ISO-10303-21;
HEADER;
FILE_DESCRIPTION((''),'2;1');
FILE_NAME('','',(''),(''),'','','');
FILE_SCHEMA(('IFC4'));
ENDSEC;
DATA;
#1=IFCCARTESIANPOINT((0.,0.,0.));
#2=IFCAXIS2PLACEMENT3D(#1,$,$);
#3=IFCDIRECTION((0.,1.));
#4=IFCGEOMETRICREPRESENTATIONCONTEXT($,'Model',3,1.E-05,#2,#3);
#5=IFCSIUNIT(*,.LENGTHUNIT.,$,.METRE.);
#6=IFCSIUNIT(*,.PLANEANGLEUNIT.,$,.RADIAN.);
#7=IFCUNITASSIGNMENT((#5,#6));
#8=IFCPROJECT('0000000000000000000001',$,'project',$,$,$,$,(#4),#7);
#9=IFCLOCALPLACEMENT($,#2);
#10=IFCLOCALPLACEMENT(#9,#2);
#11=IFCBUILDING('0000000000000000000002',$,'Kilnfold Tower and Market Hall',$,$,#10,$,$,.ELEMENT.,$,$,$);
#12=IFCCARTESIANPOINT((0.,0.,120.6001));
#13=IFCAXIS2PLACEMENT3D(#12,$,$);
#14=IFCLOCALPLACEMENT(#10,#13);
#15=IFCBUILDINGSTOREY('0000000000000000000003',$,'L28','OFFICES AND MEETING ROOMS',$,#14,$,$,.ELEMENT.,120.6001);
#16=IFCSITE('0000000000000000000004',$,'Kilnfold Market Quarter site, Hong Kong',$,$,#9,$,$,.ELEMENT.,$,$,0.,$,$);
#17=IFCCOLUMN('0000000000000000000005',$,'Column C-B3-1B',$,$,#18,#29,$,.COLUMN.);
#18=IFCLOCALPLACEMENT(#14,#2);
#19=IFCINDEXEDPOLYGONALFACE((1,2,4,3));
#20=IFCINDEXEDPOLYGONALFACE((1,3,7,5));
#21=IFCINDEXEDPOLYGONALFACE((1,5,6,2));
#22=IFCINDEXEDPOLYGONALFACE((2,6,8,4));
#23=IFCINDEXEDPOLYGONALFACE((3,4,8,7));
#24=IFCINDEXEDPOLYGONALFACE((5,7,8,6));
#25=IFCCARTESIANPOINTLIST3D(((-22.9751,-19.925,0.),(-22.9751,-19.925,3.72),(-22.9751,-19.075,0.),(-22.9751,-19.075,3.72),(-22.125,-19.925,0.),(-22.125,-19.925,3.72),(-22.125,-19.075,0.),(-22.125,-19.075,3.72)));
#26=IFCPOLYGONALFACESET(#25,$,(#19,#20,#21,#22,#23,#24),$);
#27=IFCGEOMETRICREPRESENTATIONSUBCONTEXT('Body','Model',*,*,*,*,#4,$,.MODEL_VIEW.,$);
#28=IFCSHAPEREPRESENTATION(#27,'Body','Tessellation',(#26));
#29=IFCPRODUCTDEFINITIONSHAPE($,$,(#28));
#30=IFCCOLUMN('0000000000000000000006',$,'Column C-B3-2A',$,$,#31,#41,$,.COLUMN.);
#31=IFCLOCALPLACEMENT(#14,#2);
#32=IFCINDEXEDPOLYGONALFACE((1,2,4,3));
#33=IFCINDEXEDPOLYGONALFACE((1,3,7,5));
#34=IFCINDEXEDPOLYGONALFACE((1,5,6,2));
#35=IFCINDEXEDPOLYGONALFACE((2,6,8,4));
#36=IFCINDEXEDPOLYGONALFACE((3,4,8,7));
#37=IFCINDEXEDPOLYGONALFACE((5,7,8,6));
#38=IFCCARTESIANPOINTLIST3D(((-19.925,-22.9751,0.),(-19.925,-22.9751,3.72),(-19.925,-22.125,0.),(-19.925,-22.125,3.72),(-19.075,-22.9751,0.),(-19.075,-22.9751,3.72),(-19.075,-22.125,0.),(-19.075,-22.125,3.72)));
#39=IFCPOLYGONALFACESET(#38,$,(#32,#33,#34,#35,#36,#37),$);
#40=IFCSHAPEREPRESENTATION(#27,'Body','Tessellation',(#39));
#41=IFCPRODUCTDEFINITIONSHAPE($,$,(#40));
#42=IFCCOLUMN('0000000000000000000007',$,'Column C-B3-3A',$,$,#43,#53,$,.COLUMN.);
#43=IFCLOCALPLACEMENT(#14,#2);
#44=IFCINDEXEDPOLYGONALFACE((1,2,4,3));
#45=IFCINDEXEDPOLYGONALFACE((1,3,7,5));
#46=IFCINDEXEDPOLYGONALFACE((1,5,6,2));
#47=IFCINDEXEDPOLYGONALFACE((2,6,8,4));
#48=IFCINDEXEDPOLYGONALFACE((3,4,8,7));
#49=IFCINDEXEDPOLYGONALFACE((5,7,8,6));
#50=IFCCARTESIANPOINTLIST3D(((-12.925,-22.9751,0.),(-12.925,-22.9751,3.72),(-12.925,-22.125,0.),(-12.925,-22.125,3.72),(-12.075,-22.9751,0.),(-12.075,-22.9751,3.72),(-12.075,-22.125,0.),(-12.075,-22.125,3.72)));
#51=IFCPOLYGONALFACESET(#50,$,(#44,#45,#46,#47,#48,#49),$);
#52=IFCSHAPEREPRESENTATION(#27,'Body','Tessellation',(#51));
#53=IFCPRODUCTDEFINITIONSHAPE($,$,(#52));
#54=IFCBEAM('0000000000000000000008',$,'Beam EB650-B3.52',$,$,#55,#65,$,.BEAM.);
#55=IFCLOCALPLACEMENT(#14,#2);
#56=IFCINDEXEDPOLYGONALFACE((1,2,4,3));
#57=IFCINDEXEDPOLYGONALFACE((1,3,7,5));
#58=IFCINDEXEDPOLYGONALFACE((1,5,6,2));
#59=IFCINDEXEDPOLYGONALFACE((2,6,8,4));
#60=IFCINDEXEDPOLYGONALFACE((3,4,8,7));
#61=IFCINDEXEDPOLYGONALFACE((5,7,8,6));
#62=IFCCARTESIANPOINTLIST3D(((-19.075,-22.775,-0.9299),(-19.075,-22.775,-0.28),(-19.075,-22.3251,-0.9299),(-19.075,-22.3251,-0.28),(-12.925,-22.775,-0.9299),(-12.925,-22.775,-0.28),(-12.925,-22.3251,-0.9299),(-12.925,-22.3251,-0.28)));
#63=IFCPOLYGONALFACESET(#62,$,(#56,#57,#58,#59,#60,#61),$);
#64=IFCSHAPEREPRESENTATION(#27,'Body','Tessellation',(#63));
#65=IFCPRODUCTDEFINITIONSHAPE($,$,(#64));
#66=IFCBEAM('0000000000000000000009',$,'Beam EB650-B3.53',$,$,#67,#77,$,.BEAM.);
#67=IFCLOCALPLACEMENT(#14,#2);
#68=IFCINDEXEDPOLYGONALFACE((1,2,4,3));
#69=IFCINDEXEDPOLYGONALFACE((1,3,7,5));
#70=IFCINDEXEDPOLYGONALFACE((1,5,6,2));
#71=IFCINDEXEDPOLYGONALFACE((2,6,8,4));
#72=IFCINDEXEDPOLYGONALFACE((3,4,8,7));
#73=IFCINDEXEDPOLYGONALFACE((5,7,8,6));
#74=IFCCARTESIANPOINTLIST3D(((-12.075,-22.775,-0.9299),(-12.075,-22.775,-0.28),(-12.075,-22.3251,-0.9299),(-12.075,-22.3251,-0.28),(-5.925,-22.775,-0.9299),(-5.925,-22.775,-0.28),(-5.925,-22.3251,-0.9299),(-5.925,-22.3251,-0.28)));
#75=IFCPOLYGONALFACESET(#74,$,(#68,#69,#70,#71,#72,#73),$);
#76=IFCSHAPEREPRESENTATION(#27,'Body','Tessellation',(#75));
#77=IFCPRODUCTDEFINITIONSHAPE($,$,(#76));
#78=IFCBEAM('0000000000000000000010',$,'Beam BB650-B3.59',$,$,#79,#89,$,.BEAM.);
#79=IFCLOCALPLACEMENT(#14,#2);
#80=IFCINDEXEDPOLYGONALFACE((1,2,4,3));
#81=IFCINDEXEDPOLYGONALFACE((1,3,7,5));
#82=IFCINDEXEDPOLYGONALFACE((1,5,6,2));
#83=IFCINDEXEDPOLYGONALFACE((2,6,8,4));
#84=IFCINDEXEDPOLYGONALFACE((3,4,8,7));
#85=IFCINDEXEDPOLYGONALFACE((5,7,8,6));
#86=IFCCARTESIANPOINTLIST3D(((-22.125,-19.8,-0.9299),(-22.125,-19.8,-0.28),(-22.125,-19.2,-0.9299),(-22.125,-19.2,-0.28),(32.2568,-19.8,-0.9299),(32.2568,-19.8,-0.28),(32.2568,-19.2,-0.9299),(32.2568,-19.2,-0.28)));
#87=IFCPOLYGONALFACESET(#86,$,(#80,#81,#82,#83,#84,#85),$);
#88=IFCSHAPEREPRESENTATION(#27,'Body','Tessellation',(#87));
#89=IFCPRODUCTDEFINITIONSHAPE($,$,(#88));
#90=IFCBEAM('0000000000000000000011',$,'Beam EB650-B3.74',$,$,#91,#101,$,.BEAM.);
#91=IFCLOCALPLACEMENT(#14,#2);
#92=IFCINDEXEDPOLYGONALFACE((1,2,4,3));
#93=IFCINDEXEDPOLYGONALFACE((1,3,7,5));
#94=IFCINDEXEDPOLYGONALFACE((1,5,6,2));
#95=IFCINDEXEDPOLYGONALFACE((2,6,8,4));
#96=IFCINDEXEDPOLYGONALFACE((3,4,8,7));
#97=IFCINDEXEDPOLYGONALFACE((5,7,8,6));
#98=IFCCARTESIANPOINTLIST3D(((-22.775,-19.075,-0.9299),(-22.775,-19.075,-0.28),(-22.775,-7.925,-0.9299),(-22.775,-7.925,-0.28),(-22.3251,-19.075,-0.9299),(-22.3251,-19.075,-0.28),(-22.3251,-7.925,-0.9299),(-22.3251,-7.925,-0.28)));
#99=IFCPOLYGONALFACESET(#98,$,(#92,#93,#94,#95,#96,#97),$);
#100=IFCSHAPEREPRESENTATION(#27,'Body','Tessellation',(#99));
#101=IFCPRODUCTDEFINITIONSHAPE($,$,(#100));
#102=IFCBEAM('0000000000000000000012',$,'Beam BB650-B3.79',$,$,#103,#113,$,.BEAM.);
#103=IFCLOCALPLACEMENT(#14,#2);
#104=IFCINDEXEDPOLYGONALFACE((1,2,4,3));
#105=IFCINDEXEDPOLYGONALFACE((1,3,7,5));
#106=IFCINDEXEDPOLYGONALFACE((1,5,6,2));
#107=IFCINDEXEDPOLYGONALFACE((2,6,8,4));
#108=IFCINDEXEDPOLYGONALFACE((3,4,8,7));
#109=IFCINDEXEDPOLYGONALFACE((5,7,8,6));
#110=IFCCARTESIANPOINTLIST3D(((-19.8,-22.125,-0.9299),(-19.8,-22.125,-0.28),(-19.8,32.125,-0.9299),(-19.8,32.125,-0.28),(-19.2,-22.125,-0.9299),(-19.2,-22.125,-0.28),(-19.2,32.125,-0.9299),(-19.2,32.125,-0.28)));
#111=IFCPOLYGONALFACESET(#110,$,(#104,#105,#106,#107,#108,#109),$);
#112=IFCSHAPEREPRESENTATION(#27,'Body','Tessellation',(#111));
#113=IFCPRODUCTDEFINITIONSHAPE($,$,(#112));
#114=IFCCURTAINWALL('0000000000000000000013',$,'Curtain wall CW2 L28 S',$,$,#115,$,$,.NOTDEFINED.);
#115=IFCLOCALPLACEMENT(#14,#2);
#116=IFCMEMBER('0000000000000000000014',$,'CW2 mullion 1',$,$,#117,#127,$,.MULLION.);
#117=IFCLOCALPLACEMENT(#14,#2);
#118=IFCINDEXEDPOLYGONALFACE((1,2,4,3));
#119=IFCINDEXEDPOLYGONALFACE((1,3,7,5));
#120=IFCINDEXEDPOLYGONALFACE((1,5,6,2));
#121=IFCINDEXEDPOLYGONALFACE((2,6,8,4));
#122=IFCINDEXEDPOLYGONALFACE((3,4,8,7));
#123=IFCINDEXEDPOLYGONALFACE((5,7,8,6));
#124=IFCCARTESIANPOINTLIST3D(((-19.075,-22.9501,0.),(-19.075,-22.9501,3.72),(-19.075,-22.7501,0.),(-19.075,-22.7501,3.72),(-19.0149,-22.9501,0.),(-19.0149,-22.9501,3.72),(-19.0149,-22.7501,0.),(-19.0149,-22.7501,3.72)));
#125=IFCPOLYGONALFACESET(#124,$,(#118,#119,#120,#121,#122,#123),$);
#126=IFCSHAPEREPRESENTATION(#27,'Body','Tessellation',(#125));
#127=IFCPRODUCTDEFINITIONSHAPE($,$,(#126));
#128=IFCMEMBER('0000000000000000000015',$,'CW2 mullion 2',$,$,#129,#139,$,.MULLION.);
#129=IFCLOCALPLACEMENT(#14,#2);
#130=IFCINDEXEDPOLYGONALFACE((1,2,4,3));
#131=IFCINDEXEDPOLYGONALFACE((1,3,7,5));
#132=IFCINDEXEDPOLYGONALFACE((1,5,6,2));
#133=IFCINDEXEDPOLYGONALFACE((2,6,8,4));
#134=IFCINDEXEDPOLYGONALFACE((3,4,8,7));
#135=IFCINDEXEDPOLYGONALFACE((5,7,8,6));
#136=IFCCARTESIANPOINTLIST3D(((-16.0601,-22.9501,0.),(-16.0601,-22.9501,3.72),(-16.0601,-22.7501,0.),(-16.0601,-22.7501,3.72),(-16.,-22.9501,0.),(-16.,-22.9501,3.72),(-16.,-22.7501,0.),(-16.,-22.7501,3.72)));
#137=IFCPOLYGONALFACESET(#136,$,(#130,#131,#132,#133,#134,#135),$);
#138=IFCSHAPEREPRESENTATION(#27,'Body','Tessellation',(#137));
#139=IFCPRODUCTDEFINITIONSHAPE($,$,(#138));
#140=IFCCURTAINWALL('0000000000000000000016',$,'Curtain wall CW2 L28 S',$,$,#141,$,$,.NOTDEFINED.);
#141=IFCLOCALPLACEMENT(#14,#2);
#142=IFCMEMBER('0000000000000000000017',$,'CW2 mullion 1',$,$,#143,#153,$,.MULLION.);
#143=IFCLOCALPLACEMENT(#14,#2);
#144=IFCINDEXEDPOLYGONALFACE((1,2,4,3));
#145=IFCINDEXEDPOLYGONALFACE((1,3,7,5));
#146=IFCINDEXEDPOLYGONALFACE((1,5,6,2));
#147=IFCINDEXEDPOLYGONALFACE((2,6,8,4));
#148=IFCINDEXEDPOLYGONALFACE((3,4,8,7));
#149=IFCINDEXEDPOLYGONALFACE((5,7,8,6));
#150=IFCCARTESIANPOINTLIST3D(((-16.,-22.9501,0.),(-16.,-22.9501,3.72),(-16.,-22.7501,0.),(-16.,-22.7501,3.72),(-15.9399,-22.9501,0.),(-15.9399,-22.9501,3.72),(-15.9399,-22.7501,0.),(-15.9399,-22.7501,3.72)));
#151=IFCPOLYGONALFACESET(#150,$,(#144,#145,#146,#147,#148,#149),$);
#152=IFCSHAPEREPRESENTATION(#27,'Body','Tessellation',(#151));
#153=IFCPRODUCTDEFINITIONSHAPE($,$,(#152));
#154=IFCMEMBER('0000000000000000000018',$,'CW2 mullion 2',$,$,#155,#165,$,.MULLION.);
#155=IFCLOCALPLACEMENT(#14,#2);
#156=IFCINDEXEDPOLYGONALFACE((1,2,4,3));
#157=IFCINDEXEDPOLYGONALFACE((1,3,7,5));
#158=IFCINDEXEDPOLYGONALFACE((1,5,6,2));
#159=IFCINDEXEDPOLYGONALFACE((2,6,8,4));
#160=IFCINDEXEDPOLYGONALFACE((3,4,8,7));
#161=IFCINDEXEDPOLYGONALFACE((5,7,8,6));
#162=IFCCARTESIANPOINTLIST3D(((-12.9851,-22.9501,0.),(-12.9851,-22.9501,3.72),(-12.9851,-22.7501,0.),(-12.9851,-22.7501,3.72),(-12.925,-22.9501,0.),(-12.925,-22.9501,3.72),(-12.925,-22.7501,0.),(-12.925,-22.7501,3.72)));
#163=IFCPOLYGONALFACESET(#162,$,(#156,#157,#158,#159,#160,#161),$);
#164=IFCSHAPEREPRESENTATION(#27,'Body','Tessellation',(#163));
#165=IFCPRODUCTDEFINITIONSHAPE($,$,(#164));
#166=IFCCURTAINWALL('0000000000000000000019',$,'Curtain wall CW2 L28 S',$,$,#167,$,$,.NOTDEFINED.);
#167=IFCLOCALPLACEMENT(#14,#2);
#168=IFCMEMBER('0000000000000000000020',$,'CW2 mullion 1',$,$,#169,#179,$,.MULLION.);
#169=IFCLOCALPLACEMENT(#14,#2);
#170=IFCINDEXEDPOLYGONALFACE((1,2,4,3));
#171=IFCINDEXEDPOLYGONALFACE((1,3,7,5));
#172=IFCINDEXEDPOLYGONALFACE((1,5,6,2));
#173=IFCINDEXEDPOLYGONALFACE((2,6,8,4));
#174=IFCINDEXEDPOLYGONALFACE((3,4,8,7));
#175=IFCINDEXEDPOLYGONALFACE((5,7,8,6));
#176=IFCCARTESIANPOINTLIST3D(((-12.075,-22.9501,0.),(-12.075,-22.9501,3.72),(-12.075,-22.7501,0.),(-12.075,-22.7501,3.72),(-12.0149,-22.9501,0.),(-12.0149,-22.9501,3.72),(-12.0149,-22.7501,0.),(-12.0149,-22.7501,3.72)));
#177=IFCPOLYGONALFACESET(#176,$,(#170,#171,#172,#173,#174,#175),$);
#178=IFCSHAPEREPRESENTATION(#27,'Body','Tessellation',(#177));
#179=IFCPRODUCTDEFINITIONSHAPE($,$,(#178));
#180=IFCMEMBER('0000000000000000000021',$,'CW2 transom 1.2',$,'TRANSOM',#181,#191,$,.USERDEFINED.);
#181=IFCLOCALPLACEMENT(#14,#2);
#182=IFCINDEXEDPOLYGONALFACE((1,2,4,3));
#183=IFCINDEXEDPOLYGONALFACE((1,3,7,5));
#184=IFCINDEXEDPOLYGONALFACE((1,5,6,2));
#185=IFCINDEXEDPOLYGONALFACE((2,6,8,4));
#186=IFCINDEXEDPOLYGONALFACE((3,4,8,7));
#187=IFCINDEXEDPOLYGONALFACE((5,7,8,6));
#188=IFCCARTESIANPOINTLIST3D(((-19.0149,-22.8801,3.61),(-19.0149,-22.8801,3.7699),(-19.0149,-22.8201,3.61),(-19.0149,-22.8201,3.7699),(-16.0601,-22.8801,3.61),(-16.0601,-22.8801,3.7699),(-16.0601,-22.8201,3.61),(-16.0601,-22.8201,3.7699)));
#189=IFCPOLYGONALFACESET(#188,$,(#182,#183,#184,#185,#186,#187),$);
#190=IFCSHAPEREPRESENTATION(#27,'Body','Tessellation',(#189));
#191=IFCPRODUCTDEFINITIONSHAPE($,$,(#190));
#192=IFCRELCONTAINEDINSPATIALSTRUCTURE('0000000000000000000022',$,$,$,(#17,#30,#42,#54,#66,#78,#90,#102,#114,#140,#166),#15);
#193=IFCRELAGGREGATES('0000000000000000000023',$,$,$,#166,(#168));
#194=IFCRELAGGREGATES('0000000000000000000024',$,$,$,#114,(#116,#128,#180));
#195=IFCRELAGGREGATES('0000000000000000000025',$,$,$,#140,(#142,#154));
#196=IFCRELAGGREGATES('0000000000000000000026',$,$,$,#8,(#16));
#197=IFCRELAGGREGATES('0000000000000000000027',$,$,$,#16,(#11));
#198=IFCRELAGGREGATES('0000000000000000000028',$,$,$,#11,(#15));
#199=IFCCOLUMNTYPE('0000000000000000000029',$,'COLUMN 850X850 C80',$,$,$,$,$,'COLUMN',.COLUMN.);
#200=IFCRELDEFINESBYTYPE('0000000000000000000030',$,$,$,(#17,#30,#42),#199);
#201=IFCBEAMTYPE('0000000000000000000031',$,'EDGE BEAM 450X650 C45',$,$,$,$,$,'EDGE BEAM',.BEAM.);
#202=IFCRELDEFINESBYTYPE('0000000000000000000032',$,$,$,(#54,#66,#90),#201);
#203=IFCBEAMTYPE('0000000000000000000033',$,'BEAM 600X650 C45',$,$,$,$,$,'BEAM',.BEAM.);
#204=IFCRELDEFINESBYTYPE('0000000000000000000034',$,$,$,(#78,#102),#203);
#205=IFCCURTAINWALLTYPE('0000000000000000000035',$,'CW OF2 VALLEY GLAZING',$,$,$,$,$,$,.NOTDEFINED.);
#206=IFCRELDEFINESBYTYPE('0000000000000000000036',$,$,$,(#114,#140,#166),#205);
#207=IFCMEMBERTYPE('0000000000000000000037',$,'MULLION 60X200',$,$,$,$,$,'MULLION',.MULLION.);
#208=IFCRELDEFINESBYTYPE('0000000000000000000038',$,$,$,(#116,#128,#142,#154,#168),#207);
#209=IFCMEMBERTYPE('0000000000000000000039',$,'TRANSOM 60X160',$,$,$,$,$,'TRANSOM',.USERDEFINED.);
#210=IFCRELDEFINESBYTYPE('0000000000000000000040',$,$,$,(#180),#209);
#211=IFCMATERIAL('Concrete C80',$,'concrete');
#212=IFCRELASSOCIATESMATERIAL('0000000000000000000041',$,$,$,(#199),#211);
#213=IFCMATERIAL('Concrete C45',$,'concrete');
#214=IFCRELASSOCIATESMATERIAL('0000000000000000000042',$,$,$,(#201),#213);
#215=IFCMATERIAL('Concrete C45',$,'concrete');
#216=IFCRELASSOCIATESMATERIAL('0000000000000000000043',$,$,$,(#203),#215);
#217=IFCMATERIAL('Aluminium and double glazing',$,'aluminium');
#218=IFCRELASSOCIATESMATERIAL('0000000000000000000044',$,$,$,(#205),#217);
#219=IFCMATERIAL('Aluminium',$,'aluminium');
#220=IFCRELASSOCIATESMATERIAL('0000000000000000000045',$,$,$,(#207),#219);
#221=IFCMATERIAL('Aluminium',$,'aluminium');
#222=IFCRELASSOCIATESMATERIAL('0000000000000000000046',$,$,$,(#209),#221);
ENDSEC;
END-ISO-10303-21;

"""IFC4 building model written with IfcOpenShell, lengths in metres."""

from ifc_helpers import new_model, si_unit, direction, frame, origin, origin_2d, place, context, subcontext, project, spatial, rectangle, extrude, source, transform, mapped, material, material_profile, profile_set, type_object, element, aggregate, save


model = new_model("IFC4")

# Units and contexts
model_context = context("Model", 3, precision=1e-05, world=origin(), true_north=direction((0.0, 1.0)))
body_context = subcontext(model_context, "Body", "Model", "MODEL_VIEW")
ifc_project = project(units=[si_unit("LENGTHUNIT", "METRE"), si_unit("PLANEANGLEUNIT", "RADIAN")], contexts=[model_context])

# Site, building, storey
site_placement = place(None, origin())
site = spatial("IfcSite", under=ifc_project, at=site_placement, Name="Kilnfold Market Quarter site, Hong Kong", CompositionType="ELEMENT", RefElevation=0.0)
building_placement = place(site_placement, origin())
building = spatial("IfcBuilding", under=site, at=building_placement, Name="Kilnfold Tower and Market Hall", CompositionType="ELEMENT")
storey_placement = place(building_placement, frame((0.0, 0.0, 120.6001)))
storey = spatial("IfcBuildingStorey", under=building, at=storey_placement, Name="L28", Description="OFFICES AND MEETING ROOMS", CompositionType="ELEMENT", Elevation=120.6001)

# Columns
ifc_material_1 = material(Name="Concrete C80", Category="concrete")
ifc_material_profile_1 = material_profile(ifc_material_1, rectangle(XDim=0.8501, YDim=0.8501, at=origin_2d()), Name="RC 850x850")
ifc_profile_set_1 = profile_set([ifc_material_profile_1], Name="Concrete C80")
column_type = type_object("IfcColumnType", Name="COLUMN 850X850 C80", ElementType="COLUMN", PredefinedType="COLUMN", material=ifc_profile_set_1)
shared_shape_1 = source(origin(), body_context, "Body", "SweptSolid", [
    extrude(rectangle(XDim=0.8501, YDim=0.8501, at=origin_2d()), origin(), (0.0, 0.0, 1.0), 3.72),
])
for number, where, z_axis, x_axis, name in (
    (1, (-22.55, -19.5, 0.0), (0.0, 0.0, 1.0), (1.0, 0.0, 0.0), "Column C-B3-1B"),
    (2, (-19.5, -22.55, 0.0), (0.0, 0.0, 1.0), (1.0, 0.0, 0.0), "Column C-B3-2A"),
    (3, (-12.5, -22.55, 0.0), (0.0, 0.0, 1.0), (1.0, 0.0, 0.0), "Column C-B3-3A"),
):
    element("IfcColumn", number, at=place(storey_placement, frame(where, z_axis=z_axis, x_axis=x_axis)), inside=storey, type_object=column_type, Name=name, PredefinedType="COLUMN", context=body_context, shape_type="MappedRepresentation", body=[
        mapped(shared_shape_1, transform((0.0, 0.0, 0.0))),
    ])

# Beams
ifc_material_2 = material(Name="Concrete C45", Category="concrete")
ifc_material_profile_2 = material_profile(ifc_material_2, rectangle(XDim=0.45, YDim=0.6499, at=origin_2d()), Name="RC 450x650")
ifc_profile_set_2 = profile_set([ifc_material_profile_2], Name="Concrete C45")
beam_type_1 = type_object("IfcBeamType", Name="EDGE BEAM 450X650 C45", ElementType="EDGE BEAM", PredefinedType="BEAM", material=ifc_profile_set_2)
shared_shape_2 = source(origin(), body_context, "Body", "SweptSolid", [
    extrude(rectangle(XDim=0.45, YDim=0.6499, at=origin_2d()), origin(), (0.0, 0.0, 1.0), 6.1499),
])
for number, where, z_axis, x_axis, name in (
    (4, (-19.075, -22.55, -0.605), (1.0, 0.0, 0.0), (0.0, 1.0, 0.0), "Beam EB650-B3.52"),
    (5, (-12.075, -22.55, -0.605), (1.0, 0.0, 0.0), (0.0, 1.0, 0.0), "Beam EB650-B3.53"),
):
    element("IfcBeam", number, at=place(storey_placement, frame(where, z_axis=z_axis, x_axis=x_axis)), inside=storey, type_object=beam_type_1, Name=name, PredefinedType="BEAM", context=body_context, shape_type="MappedRepresentation", body=[
        mapped(shared_shape_2, transform((0.0, 0.0, 0.0))),
    ])
ifc_material_3 = material(Name="Concrete C45", Category="concrete")
ifc_material_profile_3 = material_profile(ifc_material_3, rectangle(XDim=0.6001, YDim=0.6499, at=origin_2d()), Name="RC 600x650")
ifc_profile_set_3 = profile_set([ifc_material_profile_3], Name="Concrete C45")
beam_type_2 = type_object("IfcBeamType", Name="BEAM 600X650 C45", ElementType="BEAM", PredefinedType="BEAM", material=ifc_profile_set_3)
shared_shape_3 = source(origin(), body_context, "Body", "SweptSolid", [
    extrude(rectangle(XDim=0.6001, YDim=0.6499, at=origin_2d()), origin(), (0.0, 0.0, 1.0), 54.3818),
])
beam_1_placement = place(storey_placement, frame((-22.125, -19.5, -0.605), z_axis=(1.0, 0.0, 0.0), x_axis=(0.0, 1.0, 0.0)))
element("IfcBeam", 6, at=beam_1_placement, inside=storey, type_object=beam_type_2, Name="Beam BB650-B3.59", PredefinedType="BEAM", context=body_context, shape_type="MappedRepresentation", body=[
    mapped(shared_shape_3, transform((0.0, 0.0, 0.0))),
])
shared_shape_4 = source(origin(), body_context, "Body", "SweptSolid", [
    extrude(rectangle(XDim=0.45, YDim=0.6499, at=origin_2d()), origin(), (0.0, 0.0, 1.0), 11.1499),
])
beam_2_placement = place(storey_placement, frame((-22.55, -19.075, -0.605), z_axis=(0.0, 1.0, 0.0), x_axis=(-1.0, 0.0, 0.0)))
element("IfcBeam", 7, at=beam_2_placement, inside=storey, type_object=beam_type_1, Name="Beam EB650-B3.74", PredefinedType="BEAM", context=body_context, shape_type="MappedRepresentation", body=[
    mapped(shared_shape_4, transform((0.0, 0.0, 0.0))),
])
shared_shape_5 = source(origin(), body_context, "Body", "SweptSolid", [
    extrude(rectangle(XDim=0.6001, YDim=0.6499, at=origin_2d()), origin(), (0.0, 0.0, 1.0), 54.25),
])
beam_3_placement = place(storey_placement, frame((-19.5, -22.125, -0.605), z_axis=(0.0, 1.0, 0.0), x_axis=(-1.0, 0.0, 0.0)))
element("IfcBeam", 8, at=beam_3_placement, inside=storey, type_object=beam_type_2, Name="Beam BB650-B3.79", PredefinedType="BEAM", context=body_context, shape_type="MappedRepresentation", body=[
    mapped(shared_shape_5, transform((0.0, 0.0, 0.0))),
])

# Curtain walls, members
ifc_material_4 = material(Name="Aluminium and double glazing", Category="aluminium")
curtain_wall_type = type_object("IfcCurtainWallType", Name="CW OF2 VALLEY GLAZING", PredefinedType="NOTDEFINED", material=ifc_material_4)
curtain_wall_1_placement = place(storey_placement, origin())
curtain_wall_1 = element("IfcCurtainWall", 9, at=curtain_wall_1_placement, inside=storey, type_object=curtain_wall_type, Name="Curtain wall CW2 L28 S", PredefinedType="NOTDEFINED")
ifc_material_5 = material(Name="Aluminium", Category="aluminium")
ifc_material_profile_4 = material_profile(ifc_material_5, rectangle(XDim=0.0601, YDim=0.2, at=origin_2d()), Name="MULLION 60x200")
ifc_profile_set_4 = profile_set([ifc_material_profile_4], Name="Aluminium")
member_type_1 = type_object("IfcMemberType", Name="MULLION 60X200", ElementType="MULLION", PredefinedType="MULLION", material=ifc_profile_set_4)
shared_shape_6 = source(origin(), body_context, "Body", "SweptSolid", [
    extrude(rectangle(XDim=0.0601, YDim=0.2, at=origin_2d()), origin(), (0.0, 0.0, 1.0), 3.72),
])
member_1_placement = place(storey_placement, frame((-19.0449, -22.8501, 0.0), z_axis=(0.0, 0.0, 1.0), x_axis=(1.0, 0.0, 0.0)))
member_1 = element("IfcMember", 10, at=member_1_placement, type_object=member_type_1, Name="CW2 mullion 1", PredefinedType="MULLION", context=body_context, shape_type="MappedRepresentation", body=[
    mapped(shared_shape_6, transform((0.0, 0.0, 0.0))),
])
member_2_placement = place(storey_placement, frame((-16.03, -22.8501, 0.0), z_axis=(0.0, 0.0, 1.0), x_axis=(1.0, 0.0, 0.0)))
member_2 = element("IfcMember", 11, at=member_2_placement, type_object=member_type_1, Name="CW2 mullion 2", PredefinedType="MULLION", context=body_context, shape_type="MappedRepresentation", body=[
    mapped(shared_shape_6, transform((0.0, 0.0, 0.0))),
])
curtain_wall_2_placement = place(storey_placement, origin())
curtain_wall_2 = element("IfcCurtainWall", 12, at=curtain_wall_2_placement, inside=storey, type_object=curtain_wall_type, Name="Curtain wall CW2 L28 S", PredefinedType="NOTDEFINED")
member_3_placement = place(storey_placement, frame((-15.97, -22.8501, 0.0), z_axis=(0.0, 0.0, 1.0), x_axis=(1.0, 0.0, 0.0)))
member_3 = element("IfcMember", 13, at=member_3_placement, type_object=member_type_1, Name="CW2 mullion 1", PredefinedType="MULLION", context=body_context, shape_type="MappedRepresentation", body=[
    mapped(shared_shape_6, transform((0.0, 0.0, 0.0))),
])
member_4_placement = place(storey_placement, frame((-12.9551, -22.8501, 0.0), z_axis=(0.0, 0.0, 1.0), x_axis=(1.0, 0.0, 0.0)))
member_4 = element("IfcMember", 14, at=member_4_placement, type_object=member_type_1, Name="CW2 mullion 2", PredefinedType="MULLION", context=body_context, shape_type="MappedRepresentation", body=[
    mapped(shared_shape_6, transform((0.0, 0.0, 0.0))),
])

# Curtain wall, member
curtain_wall_3_placement = place(storey_placement, origin())
curtain_wall_3 = element("IfcCurtainWall", 15, at=curtain_wall_3_placement, inside=storey, type_object=curtain_wall_type, Name="Curtain wall CW2 L28 S", PredefinedType="NOTDEFINED")
member_5_placement = place(storey_placement, frame((-12.0449, -22.8501, 0.0), z_axis=(0.0, 0.0, 1.0), x_axis=(1.0, 0.0, 0.0)))
member_5 = element("IfcMember", 16, at=member_5_placement, type_object=member_type_1, Name="CW2 mullion 1", PredefinedType="MULLION", context=body_context, shape_type="MappedRepresentation", body=[
    mapped(shared_shape_6, transform((0.0, 0.0, 0.0))),
])

# Member
ifc_material_6 = material(Name="Aluminium", Category="aluminium")
ifc_material_profile_5 = material_profile(ifc_material_6, rectangle(XDim=0.0601, YDim=0.1599, at=origin_2d()), Name="TRANSOM 60x160")
ifc_profile_set_5 = profile_set([ifc_material_profile_5], Name="Aluminium")
member_type_2 = type_object("IfcMemberType", Name="TRANSOM 60X160", ElementType="TRANSOM", PredefinedType="USERDEFINED", material=ifc_profile_set_5)
shared_shape_7 = source(origin(), body_context, "Body", "SweptSolid", [
    extrude(rectangle(XDim=0.0601, YDim=0.1599, at=origin_2d()), origin(), (0.0, 0.0, 1.0), 2.9548),
])
member_6_placement = place(storey_placement, frame((-19.0149, -22.8501, 3.6899), z_axis=(1.0, 0.0, 0.0), x_axis=(0.0, 1.0, 0.0)))
member_6 = element("IfcMember", 17, at=member_6_placement, type_object=member_type_2, Name="CW2 transom 1.2", ObjectType="TRANSOM", PredefinedType="USERDEFINED", context=body_context, shape_type="MappedRepresentation", body=[
    mapped(shared_shape_7, transform((0.0, 0.0, 0.0))),
])
aggregate(curtain_wall_3, [member_5])

aggregate(curtain_wall_1, [member_1, member_2, member_6])
aggregate(curtain_wall_2, [member_3, member_4])

save(model, "model.ifc")
